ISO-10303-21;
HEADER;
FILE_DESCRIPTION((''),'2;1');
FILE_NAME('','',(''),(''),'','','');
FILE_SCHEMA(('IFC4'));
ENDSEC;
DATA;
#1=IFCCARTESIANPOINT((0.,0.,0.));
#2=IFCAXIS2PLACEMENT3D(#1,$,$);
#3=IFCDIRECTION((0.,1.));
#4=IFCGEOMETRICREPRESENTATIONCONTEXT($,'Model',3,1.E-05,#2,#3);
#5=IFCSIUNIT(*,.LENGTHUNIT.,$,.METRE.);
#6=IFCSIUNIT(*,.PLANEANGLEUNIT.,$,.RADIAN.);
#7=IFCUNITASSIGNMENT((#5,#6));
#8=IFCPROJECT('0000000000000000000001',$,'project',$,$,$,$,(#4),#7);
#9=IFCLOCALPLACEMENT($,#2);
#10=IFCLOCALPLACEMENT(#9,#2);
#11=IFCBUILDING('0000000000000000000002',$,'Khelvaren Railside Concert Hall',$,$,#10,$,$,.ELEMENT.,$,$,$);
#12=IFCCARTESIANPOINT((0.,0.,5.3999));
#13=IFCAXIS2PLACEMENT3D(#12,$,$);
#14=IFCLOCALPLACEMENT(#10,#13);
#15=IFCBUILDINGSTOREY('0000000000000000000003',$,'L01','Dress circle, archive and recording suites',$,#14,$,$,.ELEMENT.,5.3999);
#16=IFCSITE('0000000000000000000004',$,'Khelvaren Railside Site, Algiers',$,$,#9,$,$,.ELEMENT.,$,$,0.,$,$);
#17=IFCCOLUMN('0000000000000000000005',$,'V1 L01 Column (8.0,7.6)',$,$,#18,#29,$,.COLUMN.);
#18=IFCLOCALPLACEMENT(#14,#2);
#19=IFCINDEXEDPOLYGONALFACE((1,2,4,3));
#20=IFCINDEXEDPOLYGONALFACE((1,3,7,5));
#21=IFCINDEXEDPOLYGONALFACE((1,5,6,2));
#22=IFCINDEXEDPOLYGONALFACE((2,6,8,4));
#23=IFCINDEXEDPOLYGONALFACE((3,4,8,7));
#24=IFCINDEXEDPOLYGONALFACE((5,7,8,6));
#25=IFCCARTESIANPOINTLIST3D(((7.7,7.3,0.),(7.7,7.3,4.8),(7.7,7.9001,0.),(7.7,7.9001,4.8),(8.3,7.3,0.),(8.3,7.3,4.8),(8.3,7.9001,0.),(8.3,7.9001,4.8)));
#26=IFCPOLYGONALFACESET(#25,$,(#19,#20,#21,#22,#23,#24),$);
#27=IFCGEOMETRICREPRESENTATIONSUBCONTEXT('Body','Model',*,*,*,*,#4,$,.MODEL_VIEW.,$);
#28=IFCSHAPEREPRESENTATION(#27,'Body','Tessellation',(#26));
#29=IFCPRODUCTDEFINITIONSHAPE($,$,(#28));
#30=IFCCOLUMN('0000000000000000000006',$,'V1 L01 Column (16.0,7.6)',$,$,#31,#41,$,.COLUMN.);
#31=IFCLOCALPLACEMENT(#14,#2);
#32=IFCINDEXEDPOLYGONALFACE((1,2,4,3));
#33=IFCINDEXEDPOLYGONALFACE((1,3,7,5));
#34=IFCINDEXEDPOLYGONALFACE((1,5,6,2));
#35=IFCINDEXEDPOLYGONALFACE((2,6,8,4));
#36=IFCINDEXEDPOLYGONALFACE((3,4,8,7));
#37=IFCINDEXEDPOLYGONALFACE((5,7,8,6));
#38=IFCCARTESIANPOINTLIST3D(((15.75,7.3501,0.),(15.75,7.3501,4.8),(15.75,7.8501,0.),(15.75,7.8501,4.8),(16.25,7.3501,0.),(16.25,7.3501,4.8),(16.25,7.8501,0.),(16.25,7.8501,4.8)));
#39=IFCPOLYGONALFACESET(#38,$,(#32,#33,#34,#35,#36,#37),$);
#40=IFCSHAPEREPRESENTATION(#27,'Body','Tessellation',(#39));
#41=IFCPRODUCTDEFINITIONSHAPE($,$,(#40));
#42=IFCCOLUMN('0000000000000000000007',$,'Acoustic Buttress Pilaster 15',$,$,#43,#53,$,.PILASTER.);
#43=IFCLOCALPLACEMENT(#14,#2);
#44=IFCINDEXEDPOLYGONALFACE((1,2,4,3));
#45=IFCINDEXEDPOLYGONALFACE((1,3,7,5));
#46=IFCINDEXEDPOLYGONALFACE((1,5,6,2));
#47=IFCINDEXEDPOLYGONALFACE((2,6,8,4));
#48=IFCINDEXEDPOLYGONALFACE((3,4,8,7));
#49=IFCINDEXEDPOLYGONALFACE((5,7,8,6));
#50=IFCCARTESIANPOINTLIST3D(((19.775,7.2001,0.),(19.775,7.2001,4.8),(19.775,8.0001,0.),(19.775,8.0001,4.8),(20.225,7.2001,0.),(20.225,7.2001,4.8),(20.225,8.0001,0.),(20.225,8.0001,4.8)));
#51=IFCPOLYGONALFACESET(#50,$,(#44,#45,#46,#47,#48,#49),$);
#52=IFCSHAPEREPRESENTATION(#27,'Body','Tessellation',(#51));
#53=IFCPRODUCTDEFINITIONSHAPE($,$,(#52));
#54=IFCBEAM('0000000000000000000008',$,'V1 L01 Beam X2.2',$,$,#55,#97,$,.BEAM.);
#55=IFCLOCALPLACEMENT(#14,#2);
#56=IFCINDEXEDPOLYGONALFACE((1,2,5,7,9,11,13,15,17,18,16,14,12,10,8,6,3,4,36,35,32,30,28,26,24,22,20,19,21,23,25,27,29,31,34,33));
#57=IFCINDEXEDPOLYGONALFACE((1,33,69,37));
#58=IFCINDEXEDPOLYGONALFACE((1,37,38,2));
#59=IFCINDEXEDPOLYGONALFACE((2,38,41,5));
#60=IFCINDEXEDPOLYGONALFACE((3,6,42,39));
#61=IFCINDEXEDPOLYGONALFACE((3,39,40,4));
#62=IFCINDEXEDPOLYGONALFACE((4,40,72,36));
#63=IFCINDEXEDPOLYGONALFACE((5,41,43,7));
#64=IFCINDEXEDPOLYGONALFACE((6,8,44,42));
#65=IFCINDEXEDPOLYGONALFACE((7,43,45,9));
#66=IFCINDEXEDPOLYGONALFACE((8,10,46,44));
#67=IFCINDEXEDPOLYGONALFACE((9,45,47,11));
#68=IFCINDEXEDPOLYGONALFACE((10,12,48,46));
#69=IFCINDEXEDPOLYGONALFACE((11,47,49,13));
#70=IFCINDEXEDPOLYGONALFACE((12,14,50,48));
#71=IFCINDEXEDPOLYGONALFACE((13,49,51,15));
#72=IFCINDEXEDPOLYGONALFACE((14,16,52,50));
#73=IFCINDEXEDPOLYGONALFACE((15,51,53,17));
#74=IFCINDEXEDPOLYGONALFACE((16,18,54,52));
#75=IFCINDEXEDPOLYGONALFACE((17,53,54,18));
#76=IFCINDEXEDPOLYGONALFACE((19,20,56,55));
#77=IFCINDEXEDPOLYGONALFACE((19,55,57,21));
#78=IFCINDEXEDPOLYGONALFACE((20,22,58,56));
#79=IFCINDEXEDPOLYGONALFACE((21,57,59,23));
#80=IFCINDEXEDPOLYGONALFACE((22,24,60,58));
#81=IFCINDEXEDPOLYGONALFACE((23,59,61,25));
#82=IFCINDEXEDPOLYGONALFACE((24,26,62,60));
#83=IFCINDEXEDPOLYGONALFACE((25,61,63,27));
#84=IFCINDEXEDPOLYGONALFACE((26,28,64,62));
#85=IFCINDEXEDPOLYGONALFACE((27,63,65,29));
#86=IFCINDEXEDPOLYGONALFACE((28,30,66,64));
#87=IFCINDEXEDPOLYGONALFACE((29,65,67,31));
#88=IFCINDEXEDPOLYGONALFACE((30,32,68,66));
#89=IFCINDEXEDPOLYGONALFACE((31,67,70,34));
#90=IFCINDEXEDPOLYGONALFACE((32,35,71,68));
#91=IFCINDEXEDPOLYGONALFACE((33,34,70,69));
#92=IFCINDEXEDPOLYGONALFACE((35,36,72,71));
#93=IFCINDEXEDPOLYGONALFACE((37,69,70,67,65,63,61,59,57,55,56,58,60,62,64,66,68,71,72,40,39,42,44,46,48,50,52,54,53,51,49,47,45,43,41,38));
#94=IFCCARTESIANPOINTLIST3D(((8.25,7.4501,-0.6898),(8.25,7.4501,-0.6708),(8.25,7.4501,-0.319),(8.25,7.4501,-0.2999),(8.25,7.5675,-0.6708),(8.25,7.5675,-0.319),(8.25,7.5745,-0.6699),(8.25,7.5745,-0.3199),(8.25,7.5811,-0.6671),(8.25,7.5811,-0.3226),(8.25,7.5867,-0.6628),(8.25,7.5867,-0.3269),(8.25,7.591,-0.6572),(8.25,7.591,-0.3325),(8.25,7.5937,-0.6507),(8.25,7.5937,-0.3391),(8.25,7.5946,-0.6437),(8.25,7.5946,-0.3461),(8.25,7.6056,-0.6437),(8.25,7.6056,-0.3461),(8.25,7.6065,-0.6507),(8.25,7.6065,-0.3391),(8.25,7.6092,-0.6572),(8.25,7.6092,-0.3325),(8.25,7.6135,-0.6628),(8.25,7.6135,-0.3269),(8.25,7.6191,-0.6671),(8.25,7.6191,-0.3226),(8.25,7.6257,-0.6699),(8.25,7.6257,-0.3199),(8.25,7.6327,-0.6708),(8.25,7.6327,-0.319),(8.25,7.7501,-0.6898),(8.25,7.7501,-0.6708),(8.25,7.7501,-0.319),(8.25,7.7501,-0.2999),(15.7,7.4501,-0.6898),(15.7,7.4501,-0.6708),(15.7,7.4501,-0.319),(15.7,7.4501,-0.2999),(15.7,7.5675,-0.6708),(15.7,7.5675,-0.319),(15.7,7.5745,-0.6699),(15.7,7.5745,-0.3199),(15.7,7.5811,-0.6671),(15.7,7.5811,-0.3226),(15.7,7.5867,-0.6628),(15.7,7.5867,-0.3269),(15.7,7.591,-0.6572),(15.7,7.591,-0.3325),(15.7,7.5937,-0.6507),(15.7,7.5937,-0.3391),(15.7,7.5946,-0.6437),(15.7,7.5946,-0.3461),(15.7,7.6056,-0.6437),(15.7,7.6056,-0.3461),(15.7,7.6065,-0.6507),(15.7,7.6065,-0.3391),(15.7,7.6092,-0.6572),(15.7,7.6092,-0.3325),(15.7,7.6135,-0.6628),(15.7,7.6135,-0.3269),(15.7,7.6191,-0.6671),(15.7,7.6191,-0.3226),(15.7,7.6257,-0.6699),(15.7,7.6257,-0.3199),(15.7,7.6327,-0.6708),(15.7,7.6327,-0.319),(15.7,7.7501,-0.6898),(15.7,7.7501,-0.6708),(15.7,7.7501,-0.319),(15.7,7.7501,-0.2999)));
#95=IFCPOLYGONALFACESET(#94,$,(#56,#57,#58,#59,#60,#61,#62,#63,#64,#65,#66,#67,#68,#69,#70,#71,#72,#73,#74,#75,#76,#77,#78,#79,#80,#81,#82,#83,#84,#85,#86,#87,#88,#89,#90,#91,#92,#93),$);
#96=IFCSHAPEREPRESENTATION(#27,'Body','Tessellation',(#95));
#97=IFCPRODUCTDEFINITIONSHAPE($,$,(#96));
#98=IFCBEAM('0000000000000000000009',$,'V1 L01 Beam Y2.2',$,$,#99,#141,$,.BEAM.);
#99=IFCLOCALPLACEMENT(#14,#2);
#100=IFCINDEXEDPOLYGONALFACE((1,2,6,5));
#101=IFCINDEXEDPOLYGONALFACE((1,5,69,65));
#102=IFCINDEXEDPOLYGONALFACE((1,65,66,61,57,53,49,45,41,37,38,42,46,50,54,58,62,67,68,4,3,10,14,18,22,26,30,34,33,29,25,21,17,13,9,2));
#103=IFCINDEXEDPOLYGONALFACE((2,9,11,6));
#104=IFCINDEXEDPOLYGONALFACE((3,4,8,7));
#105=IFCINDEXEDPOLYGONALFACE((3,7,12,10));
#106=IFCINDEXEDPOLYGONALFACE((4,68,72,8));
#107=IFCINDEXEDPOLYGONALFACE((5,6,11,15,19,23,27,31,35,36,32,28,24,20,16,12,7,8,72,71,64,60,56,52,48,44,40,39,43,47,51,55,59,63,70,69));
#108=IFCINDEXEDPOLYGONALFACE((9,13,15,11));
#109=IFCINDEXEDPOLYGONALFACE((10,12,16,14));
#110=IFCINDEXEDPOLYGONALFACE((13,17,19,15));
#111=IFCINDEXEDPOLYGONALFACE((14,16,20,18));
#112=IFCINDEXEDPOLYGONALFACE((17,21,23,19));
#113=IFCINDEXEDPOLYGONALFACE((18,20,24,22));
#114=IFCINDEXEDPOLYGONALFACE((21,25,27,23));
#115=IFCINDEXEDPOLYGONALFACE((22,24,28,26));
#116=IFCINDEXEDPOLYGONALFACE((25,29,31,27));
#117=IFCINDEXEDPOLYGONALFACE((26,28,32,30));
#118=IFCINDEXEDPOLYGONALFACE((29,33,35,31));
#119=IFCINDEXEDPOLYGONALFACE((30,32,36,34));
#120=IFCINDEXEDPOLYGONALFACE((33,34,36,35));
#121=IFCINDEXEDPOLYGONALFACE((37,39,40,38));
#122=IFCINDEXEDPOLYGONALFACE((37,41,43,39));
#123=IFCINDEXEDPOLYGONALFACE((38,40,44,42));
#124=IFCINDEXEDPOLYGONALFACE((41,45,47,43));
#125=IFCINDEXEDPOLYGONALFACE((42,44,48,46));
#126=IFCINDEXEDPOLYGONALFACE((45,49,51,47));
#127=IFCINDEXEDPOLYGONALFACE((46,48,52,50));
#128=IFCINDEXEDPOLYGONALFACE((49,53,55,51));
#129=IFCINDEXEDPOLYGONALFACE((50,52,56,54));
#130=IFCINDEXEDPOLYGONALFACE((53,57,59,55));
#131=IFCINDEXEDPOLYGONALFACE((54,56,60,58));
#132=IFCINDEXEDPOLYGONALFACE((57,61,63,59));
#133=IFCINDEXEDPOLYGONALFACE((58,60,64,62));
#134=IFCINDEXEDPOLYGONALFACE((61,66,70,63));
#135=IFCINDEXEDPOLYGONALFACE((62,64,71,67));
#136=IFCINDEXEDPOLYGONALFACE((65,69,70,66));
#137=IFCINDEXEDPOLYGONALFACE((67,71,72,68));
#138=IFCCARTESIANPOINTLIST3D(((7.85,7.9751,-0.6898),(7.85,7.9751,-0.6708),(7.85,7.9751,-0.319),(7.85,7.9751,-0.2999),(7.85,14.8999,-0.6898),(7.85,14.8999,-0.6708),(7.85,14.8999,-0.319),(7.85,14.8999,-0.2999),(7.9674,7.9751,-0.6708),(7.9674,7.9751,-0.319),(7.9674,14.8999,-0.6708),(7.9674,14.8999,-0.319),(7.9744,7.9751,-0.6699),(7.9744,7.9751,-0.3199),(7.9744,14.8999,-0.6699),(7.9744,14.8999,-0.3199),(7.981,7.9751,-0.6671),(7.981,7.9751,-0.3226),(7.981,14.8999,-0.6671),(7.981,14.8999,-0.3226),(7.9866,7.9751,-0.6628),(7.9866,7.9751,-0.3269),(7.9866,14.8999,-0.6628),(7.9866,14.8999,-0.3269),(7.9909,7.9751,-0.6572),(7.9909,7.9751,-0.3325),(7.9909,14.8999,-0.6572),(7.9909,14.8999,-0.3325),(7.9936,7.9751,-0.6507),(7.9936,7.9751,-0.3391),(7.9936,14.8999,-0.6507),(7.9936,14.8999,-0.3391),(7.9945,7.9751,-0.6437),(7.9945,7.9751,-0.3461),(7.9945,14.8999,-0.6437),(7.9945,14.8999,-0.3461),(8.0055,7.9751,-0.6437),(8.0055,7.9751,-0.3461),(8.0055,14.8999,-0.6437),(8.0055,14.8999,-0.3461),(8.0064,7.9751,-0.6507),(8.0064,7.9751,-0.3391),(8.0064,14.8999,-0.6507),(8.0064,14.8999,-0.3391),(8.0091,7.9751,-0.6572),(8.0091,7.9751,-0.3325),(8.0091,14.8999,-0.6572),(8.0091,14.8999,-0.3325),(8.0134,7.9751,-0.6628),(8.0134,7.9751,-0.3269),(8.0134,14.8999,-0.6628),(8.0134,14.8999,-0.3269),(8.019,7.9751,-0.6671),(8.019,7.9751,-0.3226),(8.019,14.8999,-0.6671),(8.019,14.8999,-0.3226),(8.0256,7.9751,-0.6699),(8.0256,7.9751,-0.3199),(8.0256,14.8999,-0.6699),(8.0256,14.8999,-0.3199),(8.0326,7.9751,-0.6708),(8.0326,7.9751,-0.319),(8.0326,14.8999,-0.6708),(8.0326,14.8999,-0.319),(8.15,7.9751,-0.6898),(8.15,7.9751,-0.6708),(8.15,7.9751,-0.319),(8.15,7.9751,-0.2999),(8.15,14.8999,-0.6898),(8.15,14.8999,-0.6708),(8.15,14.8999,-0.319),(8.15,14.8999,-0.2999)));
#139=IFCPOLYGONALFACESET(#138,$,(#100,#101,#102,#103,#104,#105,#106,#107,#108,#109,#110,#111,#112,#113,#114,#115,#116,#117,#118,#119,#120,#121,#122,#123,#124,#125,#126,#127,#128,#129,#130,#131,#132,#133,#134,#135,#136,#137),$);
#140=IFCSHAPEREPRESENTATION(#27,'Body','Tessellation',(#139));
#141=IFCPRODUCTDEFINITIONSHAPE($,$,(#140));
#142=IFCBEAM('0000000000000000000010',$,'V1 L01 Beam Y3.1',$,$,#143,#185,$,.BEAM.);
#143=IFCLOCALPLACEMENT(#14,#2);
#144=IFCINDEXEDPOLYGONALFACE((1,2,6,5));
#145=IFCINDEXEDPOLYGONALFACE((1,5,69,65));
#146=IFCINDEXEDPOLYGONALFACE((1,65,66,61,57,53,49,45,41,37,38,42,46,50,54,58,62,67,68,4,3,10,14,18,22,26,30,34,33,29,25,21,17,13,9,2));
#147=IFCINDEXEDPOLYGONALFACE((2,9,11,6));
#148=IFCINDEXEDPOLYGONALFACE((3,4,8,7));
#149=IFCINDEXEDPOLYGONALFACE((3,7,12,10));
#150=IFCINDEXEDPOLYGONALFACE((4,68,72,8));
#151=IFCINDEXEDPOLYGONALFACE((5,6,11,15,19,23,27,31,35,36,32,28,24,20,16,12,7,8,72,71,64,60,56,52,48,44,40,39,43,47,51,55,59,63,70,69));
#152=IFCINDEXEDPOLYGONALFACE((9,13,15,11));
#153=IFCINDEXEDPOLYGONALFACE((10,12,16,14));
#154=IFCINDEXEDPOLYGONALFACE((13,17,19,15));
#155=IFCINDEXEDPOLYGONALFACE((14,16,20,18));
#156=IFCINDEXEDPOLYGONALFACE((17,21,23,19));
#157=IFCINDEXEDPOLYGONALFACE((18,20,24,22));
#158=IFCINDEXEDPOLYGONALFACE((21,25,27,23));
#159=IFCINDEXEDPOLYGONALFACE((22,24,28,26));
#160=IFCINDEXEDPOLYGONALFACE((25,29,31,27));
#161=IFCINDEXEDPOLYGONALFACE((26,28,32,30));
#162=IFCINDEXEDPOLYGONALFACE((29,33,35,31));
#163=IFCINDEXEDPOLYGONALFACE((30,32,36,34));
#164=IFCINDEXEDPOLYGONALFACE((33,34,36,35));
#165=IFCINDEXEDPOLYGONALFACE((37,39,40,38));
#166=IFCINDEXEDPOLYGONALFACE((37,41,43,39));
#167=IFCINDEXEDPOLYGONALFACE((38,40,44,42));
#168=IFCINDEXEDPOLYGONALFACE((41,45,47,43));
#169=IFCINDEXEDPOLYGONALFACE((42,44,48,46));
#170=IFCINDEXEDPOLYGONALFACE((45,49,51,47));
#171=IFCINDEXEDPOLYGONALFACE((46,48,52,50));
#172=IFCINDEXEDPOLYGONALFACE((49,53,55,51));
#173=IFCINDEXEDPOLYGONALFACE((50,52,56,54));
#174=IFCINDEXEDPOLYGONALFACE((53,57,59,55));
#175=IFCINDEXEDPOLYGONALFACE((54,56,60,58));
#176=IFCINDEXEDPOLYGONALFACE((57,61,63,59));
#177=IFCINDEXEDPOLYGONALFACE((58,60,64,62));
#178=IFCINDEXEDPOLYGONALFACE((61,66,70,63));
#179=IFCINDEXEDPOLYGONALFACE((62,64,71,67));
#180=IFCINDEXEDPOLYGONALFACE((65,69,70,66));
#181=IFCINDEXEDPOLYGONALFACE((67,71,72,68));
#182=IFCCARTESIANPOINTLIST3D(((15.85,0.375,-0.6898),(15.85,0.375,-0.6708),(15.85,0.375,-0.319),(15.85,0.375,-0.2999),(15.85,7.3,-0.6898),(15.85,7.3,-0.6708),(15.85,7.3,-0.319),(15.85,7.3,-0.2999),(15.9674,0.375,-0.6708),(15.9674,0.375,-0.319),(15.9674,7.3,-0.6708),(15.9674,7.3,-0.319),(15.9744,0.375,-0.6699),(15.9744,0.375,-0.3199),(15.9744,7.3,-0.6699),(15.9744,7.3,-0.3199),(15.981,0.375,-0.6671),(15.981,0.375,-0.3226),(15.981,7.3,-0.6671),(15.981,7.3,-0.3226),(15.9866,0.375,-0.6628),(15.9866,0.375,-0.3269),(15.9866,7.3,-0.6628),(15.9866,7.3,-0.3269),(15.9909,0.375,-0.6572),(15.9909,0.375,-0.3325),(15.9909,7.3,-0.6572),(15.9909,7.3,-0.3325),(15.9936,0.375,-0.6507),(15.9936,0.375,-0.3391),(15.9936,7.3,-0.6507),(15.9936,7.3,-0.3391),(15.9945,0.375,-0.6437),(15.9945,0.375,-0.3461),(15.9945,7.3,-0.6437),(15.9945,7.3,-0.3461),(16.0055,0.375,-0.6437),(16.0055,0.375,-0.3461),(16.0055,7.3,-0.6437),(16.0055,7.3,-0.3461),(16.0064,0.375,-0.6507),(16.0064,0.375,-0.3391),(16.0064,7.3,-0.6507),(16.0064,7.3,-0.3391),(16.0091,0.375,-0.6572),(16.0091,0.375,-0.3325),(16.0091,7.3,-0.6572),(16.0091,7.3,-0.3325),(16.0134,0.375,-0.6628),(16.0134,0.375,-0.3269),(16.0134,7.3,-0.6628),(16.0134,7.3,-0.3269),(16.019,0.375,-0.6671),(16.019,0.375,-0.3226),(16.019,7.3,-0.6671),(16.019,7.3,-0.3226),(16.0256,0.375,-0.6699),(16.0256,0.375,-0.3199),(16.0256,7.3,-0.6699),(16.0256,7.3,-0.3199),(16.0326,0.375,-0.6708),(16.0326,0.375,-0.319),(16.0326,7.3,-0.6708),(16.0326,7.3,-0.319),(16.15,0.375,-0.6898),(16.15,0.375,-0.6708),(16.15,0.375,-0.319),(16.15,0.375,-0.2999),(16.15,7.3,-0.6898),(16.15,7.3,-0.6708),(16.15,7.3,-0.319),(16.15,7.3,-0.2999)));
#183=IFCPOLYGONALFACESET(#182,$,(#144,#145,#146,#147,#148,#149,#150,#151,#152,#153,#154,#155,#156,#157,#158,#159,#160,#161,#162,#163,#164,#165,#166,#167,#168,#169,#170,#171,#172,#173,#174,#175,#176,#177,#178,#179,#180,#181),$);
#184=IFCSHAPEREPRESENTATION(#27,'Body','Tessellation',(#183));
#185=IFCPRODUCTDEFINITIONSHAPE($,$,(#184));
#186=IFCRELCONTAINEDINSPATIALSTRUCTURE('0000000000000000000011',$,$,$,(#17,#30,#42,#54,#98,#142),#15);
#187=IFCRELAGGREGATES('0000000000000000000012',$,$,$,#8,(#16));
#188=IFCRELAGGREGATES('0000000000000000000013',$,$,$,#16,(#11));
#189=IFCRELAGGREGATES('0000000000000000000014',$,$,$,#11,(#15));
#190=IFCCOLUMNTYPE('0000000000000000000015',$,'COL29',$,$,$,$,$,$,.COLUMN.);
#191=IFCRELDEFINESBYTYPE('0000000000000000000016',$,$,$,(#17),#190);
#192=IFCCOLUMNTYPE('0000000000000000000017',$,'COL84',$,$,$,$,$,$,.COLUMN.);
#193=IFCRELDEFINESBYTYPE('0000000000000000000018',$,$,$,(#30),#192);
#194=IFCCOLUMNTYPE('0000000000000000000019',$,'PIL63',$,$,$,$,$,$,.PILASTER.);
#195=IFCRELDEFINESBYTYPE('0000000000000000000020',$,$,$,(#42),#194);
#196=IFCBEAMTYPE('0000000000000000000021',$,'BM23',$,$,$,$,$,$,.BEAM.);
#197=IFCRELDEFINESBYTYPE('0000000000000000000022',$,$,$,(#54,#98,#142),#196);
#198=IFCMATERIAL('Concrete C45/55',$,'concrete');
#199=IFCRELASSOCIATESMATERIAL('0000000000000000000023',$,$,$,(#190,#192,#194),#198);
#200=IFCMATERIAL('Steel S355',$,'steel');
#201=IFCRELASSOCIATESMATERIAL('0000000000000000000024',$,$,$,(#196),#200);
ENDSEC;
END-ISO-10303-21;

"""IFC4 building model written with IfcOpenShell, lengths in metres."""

from ifc_helpers import new_model, si_unit, direction, frame, origin, origin_2d, place, context, subcontext, project, spatial, rectangle, i_section, extrude, material, material_profile, profile_set, type_object, element, save


model = new_model("IFC4")

# Units and contexts
model_context = context("Model", 3, precision=1e-05, world=origin(), true_north=direction((0.0, 1.0)))
body_context = subcontext(model_context, "Body", "Model", "MODEL_VIEW")
ifc_project = project(units=[si_unit("LENGTHUNIT", "METRE"), si_unit("PLANEANGLEUNIT", "RADIAN")], contexts=[model_context])

# Site, building, storey
site_placement = place(None, origin())
site = spatial("IfcSite", under=ifc_project, at=site_placement, Name="Khelvaren Railside Site, Algiers", CompositionType="ELEMENT", RefElevation=0.0)
building_placement = place(site_placement, origin())
building = spatial("IfcBuilding", under=site, at=building_placement, Name="Khelvaren Railside Concert Hall", CompositionType="ELEMENT")
storey_placement = place(building_placement, frame((0.0, 0.0, 5.3999)))
storey = spatial("IfcBuildingStorey", under=building, at=storey_placement, Name="L01", Description="Dress circle, archive and recording suites", CompositionType="ELEMENT", Elevation=5.3999)

# Columns
ifc_material_1 = material(Name="Concrete C45/55", Category="concrete")
ifc_material_profile_1 = material_profile(ifc_material_1, rectangle(XDim=0.6001, YDim=0.6001, at=origin_2d()), Name="RC 600x600")
ifc_profile_set_1 = profile_set([ifc_material_profile_1], Name="Concrete C45/55")
column_type_1 = type_object("IfcColumnType", Name="COL29", PredefinedType="COLUMN", material=ifc_profile_set_1)
column_1_placement = place(storey_placement, frame((8.0, 7.6001, 0.0), z_axis=(0.0, 0.0, 1.0), x_axis=(1.0, 0.0, 0.0)))
element("IfcColumn", 1, at=column_1_placement, inside=storey, type_object=column_type_1, Name="V1 L01 Column (8.0,7.6)", PredefinedType="COLUMN", context=body_context, shape_type="SweptSolid", body=[
    extrude(rectangle(XDim=0.6001, YDim=0.6001, at=origin_2d()), origin(), (0.0, 0.0, 1.0), 4.8),
])
ifc_material_profile_2 = material_profile(ifc_material_1, rectangle(XDim=0.5, YDim=0.5, at=origin_2d()), Name="RC 500x500")
ifc_profile_set_2 = profile_set([ifc_material_profile_2], Name="Concrete C45/55")
column_type_2 = type_object("IfcColumnType", Name="COL84", PredefinedType="COLUMN", material=ifc_profile_set_2)
column_2_placement = place(storey_placement, frame((16.0, 7.6001, 0.0), z_axis=(0.0, 0.0, 1.0), x_axis=(1.0, 0.0, 0.0)))
element("IfcColumn", 2, at=column_2_placement, inside=storey, type_object=column_type_2, Name="V1 L01 Column (16.0,7.6)", PredefinedType="COLUMN", context=body_context, shape_type="SweptSolid", body=[
    extrude(rectangle(XDim=0.5, YDim=0.5, at=origin_2d()), origin(), (0.0, 0.0, 1.0), 4.8),
])
ifc_material_profile_3 = material_profile(ifc_material_1, rectangle(XDim=0.45, YDim=0.8, at=origin_2d()), Name="PIL 450x800")
ifc_profile_set_3 = profile_set([ifc_material_profile_3], Name="Concrete C45/55")
column_type_3 = type_object("IfcColumnType", Name="PIL63", PredefinedType="PILASTER", material=ifc_profile_set_3)
column_3_placement = place(storey_placement, frame((20.0, 7.6001, 0.0), z_axis=(0.0, 0.0, 1.0), x_axis=(1.0, 0.0, 0.0)))
element("IfcColumn", 3, at=column_3_placement, inside=storey, type_object=column_type_3, Name="Acoustic Buttress Pilaster 15", PredefinedType="PILASTER", context=body_context, shape_type="SweptSolid", body=[
    extrude(rectangle(XDim=0.45, YDim=0.8, at=origin_2d()), origin(), (0.0, 0.0, 1.0), 4.8),
])

# Beams
ifc_material_2 = material(Name="Steel S355", Category="steel")
ifc_material_profile_4 = material_profile(ifc_material_2, i_section(OverallWidth=0.3, OverallDepth=0.3899, WebThickness=0.011, FlangeThickness=0.019, FilletRadius=0.0271, at=origin_2d()), Name="HEA 400")
ifc_profile_set_4 = profile_set([ifc_material_profile_4], Name="Steel S355")
beam_type_1 = type_object("IfcBeamType", Name="BM23", PredefinedType="BEAM", material=ifc_profile_set_4)
beam_1_placement = place(storey_placement, frame((8.25, 7.6001, -0.4949), z_axis=(1.0, 0.0, 0.0), x_axis=(0.0, 1.0, 0.0)))
element("IfcBeam", 4, at=beam_1_placement, inside=storey, type_object=beam_type_1, Name="V1 L01 Beam X2.2", PredefinedType="BEAM", context=body_context, shape_type="SweptSolid", body=[
    extrude(i_section(OverallWidth=0.3, OverallDepth=0.3899, WebThickness=0.011, FlangeThickness=0.019, FilletRadius=0.0271, at=origin_2d()), origin(), (0.0, 0.0, 1.0), 7.45),
])
beam_2_placement = place(storey_placement, frame((8.0, 7.9751, -0.4949), z_axis=(0.0, 1.0, 0.0), x_axis=(-1.0, 0.0, 0.0)))
element("IfcBeam", 5, at=beam_2_placement, inside=storey, type_object=beam_type_1, Name="V1 L01 Beam Y2.2", PredefinedType="BEAM", context=body_context, shape_type="SweptSolid", body=[
    extrude(i_section(OverallWidth=0.3, OverallDepth=0.3899, WebThickness=0.011, FlangeThickness=0.019, FilletRadius=0.0271, at=origin_2d()), origin(), (0.0, 0.0, 1.0), 6.9248),
])
beam_3_placement = place(storey_placement, frame((16.0, 0.375, -0.4949), z_axis=(0.0, 1.0, 0.0), x_axis=(-1.0, 0.0, 0.0)))
element("IfcBeam", 6, at=beam_3_placement, inside=storey, type_object=beam_type_1, Name="V1 L01 Beam Y3.1", PredefinedType="BEAM", context=body_context, shape_type="SweptSolid", body=[
    extrude(i_section(OverallWidth=0.3, OverallDepth=0.3899, WebThickness=0.011, FlangeThickness=0.019, FilletRadius=0.0271, at=origin_2d()), origin(), (0.0, 0.0, 1.0), 6.925),
])

save(model, "model.ifc")
